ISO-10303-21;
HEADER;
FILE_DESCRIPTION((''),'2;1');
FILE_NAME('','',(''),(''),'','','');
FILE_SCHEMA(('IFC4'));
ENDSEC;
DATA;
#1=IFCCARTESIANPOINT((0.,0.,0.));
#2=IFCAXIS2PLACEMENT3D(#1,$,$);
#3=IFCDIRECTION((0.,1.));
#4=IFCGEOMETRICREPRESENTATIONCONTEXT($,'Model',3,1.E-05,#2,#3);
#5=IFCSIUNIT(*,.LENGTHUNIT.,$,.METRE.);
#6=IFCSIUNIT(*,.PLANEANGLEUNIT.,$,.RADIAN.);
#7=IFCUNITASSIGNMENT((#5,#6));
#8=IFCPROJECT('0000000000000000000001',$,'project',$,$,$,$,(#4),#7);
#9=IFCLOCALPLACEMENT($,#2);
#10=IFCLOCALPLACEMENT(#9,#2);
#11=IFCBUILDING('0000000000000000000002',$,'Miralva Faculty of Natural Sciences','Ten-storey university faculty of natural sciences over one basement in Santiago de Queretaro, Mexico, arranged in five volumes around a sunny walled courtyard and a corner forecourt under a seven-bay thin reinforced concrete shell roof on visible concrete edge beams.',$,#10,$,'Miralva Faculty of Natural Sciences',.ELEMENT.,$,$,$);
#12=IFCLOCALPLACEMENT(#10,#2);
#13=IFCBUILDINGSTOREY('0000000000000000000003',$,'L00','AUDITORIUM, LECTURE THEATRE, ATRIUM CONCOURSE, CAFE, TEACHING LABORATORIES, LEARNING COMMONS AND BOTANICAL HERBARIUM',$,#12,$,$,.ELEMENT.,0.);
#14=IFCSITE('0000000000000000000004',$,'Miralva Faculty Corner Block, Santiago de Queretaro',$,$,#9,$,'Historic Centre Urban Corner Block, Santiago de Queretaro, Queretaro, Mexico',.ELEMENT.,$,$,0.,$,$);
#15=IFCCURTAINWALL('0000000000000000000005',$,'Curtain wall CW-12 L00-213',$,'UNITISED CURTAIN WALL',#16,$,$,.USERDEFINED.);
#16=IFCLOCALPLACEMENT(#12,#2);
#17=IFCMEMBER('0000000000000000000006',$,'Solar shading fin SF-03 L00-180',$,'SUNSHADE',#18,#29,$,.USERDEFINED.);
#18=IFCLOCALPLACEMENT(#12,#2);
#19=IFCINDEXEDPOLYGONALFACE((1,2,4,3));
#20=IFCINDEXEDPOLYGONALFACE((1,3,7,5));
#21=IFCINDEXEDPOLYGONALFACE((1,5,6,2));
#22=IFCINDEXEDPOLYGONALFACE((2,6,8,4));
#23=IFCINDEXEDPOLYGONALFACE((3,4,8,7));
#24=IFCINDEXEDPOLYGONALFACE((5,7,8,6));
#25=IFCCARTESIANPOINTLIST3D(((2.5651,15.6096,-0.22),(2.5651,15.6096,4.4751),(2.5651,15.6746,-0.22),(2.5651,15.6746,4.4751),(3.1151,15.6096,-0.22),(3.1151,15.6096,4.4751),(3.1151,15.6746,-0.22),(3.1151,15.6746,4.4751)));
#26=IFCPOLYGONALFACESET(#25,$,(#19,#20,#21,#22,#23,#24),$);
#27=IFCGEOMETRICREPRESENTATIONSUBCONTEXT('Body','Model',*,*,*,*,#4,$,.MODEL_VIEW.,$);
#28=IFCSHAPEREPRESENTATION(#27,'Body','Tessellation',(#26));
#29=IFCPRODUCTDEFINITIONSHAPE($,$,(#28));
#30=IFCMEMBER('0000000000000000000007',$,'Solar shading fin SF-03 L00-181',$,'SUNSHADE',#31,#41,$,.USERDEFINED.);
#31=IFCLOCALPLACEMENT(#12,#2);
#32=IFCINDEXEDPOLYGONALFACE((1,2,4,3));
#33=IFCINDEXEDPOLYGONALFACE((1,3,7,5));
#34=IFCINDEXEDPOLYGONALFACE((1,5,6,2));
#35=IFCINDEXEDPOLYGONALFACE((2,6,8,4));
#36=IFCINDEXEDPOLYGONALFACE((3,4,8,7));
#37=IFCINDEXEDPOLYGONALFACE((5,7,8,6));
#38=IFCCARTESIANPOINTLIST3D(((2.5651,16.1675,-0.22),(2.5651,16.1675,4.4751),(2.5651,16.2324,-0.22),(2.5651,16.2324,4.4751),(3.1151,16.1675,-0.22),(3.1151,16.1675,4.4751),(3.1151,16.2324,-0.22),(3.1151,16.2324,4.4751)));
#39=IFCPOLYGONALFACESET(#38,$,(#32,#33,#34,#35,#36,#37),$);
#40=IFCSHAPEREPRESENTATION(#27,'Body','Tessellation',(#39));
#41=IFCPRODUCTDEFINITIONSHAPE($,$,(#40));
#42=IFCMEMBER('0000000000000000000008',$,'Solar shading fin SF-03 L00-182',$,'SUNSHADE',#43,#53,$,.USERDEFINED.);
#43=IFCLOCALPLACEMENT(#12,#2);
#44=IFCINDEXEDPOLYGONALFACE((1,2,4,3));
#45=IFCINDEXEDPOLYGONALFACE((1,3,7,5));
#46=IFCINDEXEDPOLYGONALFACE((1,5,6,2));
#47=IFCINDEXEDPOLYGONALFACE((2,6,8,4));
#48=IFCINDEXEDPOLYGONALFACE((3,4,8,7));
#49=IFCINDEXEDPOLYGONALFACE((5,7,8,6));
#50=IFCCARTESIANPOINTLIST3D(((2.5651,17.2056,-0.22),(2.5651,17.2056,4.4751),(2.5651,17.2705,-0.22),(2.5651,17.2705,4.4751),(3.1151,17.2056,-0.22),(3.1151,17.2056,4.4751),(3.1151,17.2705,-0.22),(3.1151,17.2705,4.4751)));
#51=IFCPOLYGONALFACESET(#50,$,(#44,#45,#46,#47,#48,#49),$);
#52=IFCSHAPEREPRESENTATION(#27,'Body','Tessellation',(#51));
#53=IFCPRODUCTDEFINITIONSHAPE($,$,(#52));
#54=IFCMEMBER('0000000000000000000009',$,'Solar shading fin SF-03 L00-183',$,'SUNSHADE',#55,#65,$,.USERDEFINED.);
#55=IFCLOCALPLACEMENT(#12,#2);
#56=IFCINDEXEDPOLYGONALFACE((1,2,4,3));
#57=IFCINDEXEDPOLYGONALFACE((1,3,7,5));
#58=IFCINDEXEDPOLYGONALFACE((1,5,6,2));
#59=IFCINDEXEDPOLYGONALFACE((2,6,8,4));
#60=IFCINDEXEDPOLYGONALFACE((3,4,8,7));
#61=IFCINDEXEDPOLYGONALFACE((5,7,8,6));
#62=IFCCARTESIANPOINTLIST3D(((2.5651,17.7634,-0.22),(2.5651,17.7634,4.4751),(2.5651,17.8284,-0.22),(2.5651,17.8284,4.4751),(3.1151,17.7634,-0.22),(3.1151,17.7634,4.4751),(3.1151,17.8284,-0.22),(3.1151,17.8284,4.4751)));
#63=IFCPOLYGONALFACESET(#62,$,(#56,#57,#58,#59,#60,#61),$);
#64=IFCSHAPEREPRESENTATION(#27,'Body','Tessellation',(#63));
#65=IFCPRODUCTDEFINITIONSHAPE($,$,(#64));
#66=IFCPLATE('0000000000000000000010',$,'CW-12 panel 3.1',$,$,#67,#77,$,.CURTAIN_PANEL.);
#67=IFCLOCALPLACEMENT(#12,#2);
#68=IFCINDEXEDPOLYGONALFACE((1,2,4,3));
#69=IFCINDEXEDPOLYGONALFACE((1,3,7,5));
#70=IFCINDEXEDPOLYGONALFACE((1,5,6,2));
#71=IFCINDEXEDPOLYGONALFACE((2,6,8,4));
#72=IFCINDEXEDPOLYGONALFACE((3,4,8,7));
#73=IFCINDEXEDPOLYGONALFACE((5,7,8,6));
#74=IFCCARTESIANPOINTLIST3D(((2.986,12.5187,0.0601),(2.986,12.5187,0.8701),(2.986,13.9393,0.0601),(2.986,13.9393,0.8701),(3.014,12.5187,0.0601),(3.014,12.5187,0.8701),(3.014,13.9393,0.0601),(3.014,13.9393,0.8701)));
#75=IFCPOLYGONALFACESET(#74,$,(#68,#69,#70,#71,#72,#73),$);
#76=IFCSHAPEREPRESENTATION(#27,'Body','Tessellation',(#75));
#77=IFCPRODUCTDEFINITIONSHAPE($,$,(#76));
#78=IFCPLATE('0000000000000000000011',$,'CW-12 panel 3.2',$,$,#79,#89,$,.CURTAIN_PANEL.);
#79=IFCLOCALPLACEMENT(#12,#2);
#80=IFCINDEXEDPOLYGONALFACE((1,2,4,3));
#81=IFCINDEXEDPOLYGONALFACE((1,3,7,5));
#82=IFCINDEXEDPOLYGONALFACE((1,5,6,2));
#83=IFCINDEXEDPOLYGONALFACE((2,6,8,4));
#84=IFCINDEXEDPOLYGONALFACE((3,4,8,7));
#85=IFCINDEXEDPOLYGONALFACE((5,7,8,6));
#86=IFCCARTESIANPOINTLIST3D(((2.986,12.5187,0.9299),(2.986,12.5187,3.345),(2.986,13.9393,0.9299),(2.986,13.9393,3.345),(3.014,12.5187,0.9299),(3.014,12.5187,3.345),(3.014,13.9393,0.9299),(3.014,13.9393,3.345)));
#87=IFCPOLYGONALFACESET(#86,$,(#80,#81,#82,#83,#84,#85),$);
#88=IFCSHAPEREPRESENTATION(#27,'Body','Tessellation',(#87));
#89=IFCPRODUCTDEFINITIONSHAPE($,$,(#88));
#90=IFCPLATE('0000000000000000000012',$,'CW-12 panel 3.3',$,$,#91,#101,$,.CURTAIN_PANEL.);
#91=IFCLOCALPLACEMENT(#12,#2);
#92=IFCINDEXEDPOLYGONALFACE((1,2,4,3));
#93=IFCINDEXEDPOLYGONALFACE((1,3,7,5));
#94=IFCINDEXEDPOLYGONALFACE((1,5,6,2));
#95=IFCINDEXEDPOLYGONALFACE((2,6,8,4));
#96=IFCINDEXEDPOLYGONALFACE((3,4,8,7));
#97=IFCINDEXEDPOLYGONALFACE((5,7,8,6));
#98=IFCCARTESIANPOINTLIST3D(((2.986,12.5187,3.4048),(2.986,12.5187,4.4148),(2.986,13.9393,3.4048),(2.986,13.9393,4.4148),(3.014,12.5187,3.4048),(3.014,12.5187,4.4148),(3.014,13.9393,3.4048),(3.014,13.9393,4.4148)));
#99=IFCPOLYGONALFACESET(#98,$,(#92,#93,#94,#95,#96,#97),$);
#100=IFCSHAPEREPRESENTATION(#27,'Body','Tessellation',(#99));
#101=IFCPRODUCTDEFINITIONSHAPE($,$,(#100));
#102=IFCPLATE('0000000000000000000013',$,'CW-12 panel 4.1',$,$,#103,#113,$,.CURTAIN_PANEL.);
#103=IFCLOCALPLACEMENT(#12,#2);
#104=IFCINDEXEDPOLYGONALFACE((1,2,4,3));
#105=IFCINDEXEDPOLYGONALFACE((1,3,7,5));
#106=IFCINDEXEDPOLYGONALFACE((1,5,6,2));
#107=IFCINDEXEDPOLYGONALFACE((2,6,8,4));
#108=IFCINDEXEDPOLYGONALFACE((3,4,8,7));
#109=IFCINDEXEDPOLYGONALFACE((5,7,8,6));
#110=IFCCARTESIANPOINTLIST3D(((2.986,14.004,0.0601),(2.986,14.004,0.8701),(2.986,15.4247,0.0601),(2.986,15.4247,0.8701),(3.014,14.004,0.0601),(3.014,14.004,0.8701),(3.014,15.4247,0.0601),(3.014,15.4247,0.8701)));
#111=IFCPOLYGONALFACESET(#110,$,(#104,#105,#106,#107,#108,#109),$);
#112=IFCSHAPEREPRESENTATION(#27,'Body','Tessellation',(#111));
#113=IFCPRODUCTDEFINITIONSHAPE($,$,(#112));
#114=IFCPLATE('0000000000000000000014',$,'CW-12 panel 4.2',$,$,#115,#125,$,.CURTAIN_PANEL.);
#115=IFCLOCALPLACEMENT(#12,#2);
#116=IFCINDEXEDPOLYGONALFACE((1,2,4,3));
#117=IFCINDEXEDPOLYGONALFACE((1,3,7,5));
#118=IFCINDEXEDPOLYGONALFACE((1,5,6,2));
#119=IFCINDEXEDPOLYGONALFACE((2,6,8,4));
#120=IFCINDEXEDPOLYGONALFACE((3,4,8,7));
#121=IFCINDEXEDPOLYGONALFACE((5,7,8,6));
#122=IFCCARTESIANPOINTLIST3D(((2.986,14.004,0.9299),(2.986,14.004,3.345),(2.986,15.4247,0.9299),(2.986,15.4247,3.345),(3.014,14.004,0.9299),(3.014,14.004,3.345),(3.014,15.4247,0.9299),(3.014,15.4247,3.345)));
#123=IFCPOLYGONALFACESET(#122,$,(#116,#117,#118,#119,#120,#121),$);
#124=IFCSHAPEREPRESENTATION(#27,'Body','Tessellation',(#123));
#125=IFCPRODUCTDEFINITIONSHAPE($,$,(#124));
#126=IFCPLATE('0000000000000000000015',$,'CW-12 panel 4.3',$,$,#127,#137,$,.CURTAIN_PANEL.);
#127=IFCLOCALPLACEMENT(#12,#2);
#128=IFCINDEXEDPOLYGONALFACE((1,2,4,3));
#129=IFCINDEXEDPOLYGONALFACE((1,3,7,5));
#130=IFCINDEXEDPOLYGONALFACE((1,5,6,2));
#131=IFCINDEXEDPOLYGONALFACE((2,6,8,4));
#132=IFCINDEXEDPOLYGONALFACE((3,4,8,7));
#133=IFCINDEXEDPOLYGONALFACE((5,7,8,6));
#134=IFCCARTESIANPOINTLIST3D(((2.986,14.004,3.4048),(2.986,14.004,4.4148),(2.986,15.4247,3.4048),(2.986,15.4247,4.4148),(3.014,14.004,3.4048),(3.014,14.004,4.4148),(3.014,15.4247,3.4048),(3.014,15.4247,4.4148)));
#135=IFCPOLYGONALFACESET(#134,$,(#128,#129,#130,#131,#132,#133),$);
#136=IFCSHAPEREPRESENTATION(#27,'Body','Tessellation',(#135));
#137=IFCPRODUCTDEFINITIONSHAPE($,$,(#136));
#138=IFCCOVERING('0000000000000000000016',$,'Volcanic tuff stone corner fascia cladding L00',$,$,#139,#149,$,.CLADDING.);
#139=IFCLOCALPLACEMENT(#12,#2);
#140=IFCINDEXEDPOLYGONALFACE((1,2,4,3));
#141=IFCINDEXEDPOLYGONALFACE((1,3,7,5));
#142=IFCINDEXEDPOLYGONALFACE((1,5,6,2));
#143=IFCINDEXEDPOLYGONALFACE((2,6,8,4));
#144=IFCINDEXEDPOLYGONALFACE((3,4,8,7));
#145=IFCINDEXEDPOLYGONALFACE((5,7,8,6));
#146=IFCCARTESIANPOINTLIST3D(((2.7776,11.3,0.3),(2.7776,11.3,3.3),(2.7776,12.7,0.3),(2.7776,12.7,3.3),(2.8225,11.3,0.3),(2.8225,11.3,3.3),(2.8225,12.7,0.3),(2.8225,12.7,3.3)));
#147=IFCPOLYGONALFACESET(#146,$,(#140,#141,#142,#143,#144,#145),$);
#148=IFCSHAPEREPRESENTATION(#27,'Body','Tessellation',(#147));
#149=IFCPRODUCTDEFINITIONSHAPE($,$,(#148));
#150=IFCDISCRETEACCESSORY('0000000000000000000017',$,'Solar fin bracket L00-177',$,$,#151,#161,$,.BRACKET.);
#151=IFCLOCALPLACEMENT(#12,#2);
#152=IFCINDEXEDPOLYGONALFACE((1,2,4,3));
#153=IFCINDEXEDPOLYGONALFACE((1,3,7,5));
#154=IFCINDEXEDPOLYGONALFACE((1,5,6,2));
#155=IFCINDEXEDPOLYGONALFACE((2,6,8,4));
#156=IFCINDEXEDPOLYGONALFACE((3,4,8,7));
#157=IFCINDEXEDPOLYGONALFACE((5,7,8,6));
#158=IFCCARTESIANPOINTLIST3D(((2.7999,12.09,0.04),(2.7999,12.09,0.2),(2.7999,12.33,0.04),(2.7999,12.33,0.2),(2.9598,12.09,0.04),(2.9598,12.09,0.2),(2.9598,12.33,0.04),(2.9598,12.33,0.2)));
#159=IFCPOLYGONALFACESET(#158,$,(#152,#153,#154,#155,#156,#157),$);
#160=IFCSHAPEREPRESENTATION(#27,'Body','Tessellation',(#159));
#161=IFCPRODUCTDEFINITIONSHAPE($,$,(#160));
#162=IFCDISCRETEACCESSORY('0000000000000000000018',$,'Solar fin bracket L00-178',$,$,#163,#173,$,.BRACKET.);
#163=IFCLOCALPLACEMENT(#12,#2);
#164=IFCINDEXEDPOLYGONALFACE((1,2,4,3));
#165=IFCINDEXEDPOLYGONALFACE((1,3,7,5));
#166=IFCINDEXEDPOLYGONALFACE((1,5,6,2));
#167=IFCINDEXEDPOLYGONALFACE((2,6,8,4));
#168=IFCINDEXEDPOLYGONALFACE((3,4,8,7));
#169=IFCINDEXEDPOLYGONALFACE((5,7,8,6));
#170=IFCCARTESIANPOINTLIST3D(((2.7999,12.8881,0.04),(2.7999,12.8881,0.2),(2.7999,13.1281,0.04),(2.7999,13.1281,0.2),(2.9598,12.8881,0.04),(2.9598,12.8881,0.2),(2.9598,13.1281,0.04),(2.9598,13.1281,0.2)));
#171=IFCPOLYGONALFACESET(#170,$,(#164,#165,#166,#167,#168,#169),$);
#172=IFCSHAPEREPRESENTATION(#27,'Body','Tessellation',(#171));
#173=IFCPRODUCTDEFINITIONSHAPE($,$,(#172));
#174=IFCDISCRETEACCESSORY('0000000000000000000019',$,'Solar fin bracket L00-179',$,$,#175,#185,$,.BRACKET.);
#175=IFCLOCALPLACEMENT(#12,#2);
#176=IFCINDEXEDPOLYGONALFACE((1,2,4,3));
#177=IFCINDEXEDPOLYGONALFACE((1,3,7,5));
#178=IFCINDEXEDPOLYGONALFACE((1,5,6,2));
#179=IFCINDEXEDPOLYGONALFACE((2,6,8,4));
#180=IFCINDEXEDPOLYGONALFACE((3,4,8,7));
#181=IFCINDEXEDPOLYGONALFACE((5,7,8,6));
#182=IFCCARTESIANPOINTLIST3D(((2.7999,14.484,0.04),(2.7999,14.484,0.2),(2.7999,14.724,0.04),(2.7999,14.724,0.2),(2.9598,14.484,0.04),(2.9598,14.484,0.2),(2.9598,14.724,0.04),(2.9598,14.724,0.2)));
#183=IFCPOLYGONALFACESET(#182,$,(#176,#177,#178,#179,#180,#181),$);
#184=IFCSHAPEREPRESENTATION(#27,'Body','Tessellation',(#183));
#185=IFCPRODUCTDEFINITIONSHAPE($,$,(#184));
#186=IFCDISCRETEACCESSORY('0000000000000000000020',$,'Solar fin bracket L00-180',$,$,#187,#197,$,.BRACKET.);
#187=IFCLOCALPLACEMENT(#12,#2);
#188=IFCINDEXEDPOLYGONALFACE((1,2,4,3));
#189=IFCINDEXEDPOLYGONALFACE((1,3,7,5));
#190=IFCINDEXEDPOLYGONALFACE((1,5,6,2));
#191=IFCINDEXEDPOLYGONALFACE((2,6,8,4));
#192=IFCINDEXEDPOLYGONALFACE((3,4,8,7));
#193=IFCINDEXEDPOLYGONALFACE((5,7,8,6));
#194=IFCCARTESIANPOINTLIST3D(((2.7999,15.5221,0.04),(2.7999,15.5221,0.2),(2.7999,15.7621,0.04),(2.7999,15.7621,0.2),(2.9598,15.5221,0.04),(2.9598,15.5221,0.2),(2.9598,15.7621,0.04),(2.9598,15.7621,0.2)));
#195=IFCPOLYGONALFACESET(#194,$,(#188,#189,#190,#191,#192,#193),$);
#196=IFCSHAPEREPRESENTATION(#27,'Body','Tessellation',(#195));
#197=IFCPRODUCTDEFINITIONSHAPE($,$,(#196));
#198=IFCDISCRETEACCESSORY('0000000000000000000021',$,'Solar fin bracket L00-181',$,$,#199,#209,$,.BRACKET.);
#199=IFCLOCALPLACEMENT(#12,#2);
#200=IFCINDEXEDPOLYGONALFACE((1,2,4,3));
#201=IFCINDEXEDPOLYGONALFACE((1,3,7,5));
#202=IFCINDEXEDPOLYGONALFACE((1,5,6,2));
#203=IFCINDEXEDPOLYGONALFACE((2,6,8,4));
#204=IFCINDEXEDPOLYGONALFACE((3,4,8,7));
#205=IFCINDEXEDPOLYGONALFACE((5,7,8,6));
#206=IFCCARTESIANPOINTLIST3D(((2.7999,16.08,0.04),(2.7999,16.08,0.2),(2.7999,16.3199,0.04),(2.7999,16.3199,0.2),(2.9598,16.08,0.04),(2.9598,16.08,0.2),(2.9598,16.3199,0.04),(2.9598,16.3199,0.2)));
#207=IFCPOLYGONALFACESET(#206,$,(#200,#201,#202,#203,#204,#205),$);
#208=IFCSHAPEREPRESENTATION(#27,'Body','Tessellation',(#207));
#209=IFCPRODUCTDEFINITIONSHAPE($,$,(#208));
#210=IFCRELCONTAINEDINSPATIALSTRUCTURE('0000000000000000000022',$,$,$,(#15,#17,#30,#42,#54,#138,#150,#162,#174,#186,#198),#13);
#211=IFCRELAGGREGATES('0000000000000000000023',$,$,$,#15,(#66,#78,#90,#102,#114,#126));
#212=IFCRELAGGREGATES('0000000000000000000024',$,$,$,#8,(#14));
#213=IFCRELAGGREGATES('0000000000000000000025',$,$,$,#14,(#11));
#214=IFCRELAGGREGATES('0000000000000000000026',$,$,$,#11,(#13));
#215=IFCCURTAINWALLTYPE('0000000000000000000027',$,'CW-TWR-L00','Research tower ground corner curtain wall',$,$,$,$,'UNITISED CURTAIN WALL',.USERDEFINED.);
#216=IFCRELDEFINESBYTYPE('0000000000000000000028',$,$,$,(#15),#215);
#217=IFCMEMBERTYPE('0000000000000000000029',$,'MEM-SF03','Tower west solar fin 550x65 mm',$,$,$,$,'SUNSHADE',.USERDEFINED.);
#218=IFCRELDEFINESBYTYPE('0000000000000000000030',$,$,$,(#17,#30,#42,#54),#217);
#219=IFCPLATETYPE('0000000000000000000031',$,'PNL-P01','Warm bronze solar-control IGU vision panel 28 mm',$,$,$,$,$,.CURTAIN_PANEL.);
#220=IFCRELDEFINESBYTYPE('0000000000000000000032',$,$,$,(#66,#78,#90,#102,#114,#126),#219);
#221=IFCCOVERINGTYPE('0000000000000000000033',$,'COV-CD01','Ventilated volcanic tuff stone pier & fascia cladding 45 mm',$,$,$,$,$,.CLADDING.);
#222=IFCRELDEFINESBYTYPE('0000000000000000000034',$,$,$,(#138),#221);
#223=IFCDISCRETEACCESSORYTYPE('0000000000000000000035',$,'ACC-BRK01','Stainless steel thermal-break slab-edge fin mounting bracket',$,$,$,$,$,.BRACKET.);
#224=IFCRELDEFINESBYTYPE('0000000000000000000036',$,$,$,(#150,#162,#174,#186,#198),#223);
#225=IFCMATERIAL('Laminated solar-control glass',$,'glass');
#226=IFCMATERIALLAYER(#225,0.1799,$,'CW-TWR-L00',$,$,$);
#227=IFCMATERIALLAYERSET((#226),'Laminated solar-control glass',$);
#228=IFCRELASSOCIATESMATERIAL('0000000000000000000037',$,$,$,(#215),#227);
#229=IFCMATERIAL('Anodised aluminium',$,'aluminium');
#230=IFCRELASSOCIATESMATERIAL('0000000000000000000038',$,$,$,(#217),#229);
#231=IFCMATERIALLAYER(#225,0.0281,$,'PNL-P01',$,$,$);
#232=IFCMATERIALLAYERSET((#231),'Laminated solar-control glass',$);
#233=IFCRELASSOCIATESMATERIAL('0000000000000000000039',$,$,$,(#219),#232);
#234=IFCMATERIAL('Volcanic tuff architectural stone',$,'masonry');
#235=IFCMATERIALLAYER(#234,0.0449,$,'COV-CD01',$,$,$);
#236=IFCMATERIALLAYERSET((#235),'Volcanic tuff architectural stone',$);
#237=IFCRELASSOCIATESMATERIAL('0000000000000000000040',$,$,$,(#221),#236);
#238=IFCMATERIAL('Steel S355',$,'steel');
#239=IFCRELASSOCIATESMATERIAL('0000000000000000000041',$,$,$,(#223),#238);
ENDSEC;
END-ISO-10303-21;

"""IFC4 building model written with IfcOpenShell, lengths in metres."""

from ifc_helpers import new_model, si_unit, direction, frame, origin, origin_2d, place, context, subcontext, project, spatial, rectangle, extrude, material, layer, layer_set, material_profile, profile_set, type_object, element, aggregate, save


model = new_model("IFC4")

# Units and contexts
model_context = context("Model", 3, precision=1e-05, world=origin(), true_north=direction((0.0, 1.0)))
body_context = subcontext(model_context, "Body", "Model", "MODEL_VIEW")
ifc_project = project(units=[si_unit("LENGTHUNIT", "METRE"), si_unit("PLANEANGLEUNIT", "RADIAN")], contexts=[model_context])

# Site, building, storey
site_placement = place(None, origin())
site = spatial("IfcSite", under=ifc_project, at=site_placement, Name="Miralva Faculty Corner Block, Santiago de Queretaro", LongName="Historic Centre Urban Corner Block, Santiago de Queretaro, Queretaro, Mexico", CompositionType="ELEMENT", RefElevation=0.0)
building_placement = place(site_placement, origin())
building = spatial("IfcBuilding", under=site, at=building_placement, Name="Miralva Faculty of Natural Sciences", Description="Ten-storey university faculty of natural sciences over one basement in Santiago de Queretaro, Mexico, arranged in five volumes around a sunny walled courtyard and a corner forecourt under a seven-bay thin reinforced concrete shell roof on visible concrete edge beams.", LongName="Miralva Faculty of Natural Sciences", CompositionType="ELEMENT")
storey_placement = place(building_placement, origin())
storey = spatial("IfcBuildingStorey", under=building, at=storey_placement, Name="L00", Description="AUDITORIUM, LECTURE THEATRE, ATRIUM CONCOURSE, CAFE, TEACHING LABORATORIES, LEARNING COMMONS AND BOTANICAL HERBARIUM", CompositionType="ELEMENT", Elevation=0.0)

# Curtain wall
ifc_material_1 = material(Name="Laminated solar-control glass", Category="glass")
ifc_layer_1 = layer(ifc_material_1, 0.1799, Name="CW-TWR-L00")
ifc_layer_set_1 = layer_set([ifc_layer_1], Name="Laminated solar-control glass")
curtain_wall_type = type_object("IfcCurtainWallType", Name="CW-TWR-L00", Description="Research tower ground corner curtain wall", ElementType="UNITISED CURTAIN WALL", PredefinedType="USERDEFINED", material=ifc_layer_set_1)
curtain_wall_placement = place(storey_placement, origin())
curtain_wall = element("IfcCurtainWall", 1, at=curtain_wall_placement, inside=storey, type_object=curtain_wall_type, Name="Curtain wall CW-12 L00-213", ObjectType="UNITISED CURTAIN WALL", PredefinedType="USERDEFINED")
ifc_material_2 = material(Name="Anodised aluminium", Category="aluminium")

# Members
ifc_material_profile_1 = material_profile(ifc_material_2, rectangle(XDim=0.0649, YDim=0.55, at=origin_2d()), Name="FIN 550x65")
ifc_profile_set_1 = profile_set([ifc_material_profile_1], Name="Anodised aluminium")
member_type_1 = type_object("IfcMemberType", Name="MEM-SF03", Description="Tower west solar fin 550x65 mm", ElementType="SUNSHADE", PredefinedType="USERDEFINED", material=ifc_profile_set_1)
for number, where, z_axis, x_axis, name in (
    (2, (2.8401, 15.6421, -0.22), (0.0, 0.0, 1.0), (0.0, -1.0, 0.0), "Solar shading fin SF-03 L00-180"),
    (3, (2.8401, 16.2, -0.22), (0.0, 0.0, 1.0), (0.0, -1.0, 0.0), "Solar shading fin SF-03 L00-181"),
    (4, (2.8401, 17.238, -0.22), (0.0, 0.0, 1.0), (0.0, -1.0, 0.0), "Solar shading fin SF-03 L00-182"),
    (5, (2.8401, 17.7959, -0.22), (0.0, 0.0, 1.0), (0.0, -1.0, 0.0), "Solar shading fin SF-03 L00-183"),
):
    element("IfcMember", number, at=place(storey_placement, frame(where, z_axis=z_axis, x_axis=x_axis)), inside=storey, type_object=member_type_1, Name=name, ObjectType="SUNSHADE", PredefinedType="USERDEFINED", context=body_context, shape_type="SweptSolid", body=[
        extrude(rectangle(XDim=0.0649, YDim=0.55, at=origin_2d()), origin(), (0.0, 0.0, 1.0), 4.6951),
    ])

# Plates
ifc_layer_2 = layer(ifc_material_1, 0.0281, Name="PNL-P01")
ifc_layer_set_2 = layer_set([ifc_layer_2], Name="Laminated solar-control glass")
plate_type = type_object("IfcPlateType", Name="PNL-P01", Description="Warm bronze solar-control IGU vision panel 28 mm", PredefinedType="CURTAIN_PANEL", material=ifc_layer_set_2)
plate_1_placement = place(storey_placement, frame((3.0, 13.229, 0.0601), z_axis=(0.0, 0.0, 1.0), x_axis=(0.0, 1.0, 0.0)))
plate_1 = element("IfcPlate", 6, at=plate_1_placement, type_object=plate_type, Name="CW-12 panel 3.1", PredefinedType="CURTAIN_PANEL", context=body_context, shape_type="SweptSolid", body=[
    extrude(rectangle(XDim=1.4207, YDim=0.0281, at=origin_2d()), origin(), (0.0, 0.0, 1.0), 0.8101),
])
plate_2_placement = place(storey_placement, frame((3.0, 13.229, 0.9299), z_axis=(0.0, 0.0, 1.0), x_axis=(0.0, 1.0, 0.0)))
plate_2 = element("IfcPlate", 7, at=plate_2_placement, type_object=plate_type, Name="CW-12 panel 3.2", PredefinedType="CURTAIN_PANEL", context=body_context, shape_type="SweptSolid", body=[
    extrude(rectangle(XDim=1.4207, YDim=0.0281, at=origin_2d()), origin(), (0.0, 0.0, 1.0), 2.415),
])
plate_3_placement = place(storey_placement, frame((3.0, 13.229, 3.4048), z_axis=(0.0, 0.0, 1.0), x_axis=(0.0, 1.0, 0.0)))
plate_3 = element("IfcPlate", 8, at=plate_3_placement, type_object=plate_type, Name="CW-12 panel 3.3", PredefinedType="CURTAIN_PANEL", context=body_context, shape_type="SweptSolid", body=[
    extrude(rectangle(XDim=1.4207, YDim=0.0281, at=origin_2d()), origin(), (0.0, 0.0, 1.0), 1.01),
])
plate_4_placement = place(storey_placement, frame((3.0, 14.7144, 0.0601), z_axis=(0.0, 0.0, 1.0), x_axis=(0.0, 1.0, 0.0)))
plate_4 = element("IfcPlate", 9, at=plate_4_placement, type_object=plate_type, Name="CW-12 panel 4.1", PredefinedType="CURTAIN_PANEL", context=body_context, shape_type="SweptSolid", body=[
    extrude(rectangle(XDim=1.4207, YDim=0.0281, at=origin_2d()), origin(), (0.0, 0.0, 1.0), 0.8101),
])
plate_5_placement = place(storey_placement, frame((3.0, 14.7144, 0.9299), z_axis=(0.0, 0.0, 1.0), x_axis=(0.0, 1.0, 0.0)))
plate_5 = element("IfcPlate", 10, at=plate_5_placement, type_object=plate_type, Name="CW-12 panel 4.2", PredefinedType="CURTAIN_PANEL", context=body_context, shape_type="SweptSolid", body=[
    extrude(rectangle(XDim=1.4207, YDim=0.0281, at=origin_2d()), origin(), (0.0, 0.0, 1.0), 2.415),
])
plate_6_placement = place(storey_placement, frame((3.0, 14.7144, 3.4048), z_axis=(0.0, 0.0, 1.0), x_axis=(0.0, 1.0, 0.0)))
plate_6 = element("IfcPlate", 11, at=plate_6_placement, type_object=plate_type, Name="CW-12 panel 4.3", PredefinedType="CURTAIN_PANEL", context=body_context, shape_type="SweptSolid", body=[
    extrude(rectangle(XDim=1.4207, YDim=0.0281, at=origin_2d()), origin(), (0.0, 0.0, 1.0), 1.01),
])
aggregate(curtain_wall, [plate_1, plate_2, plate_3, plate_4, plate_5, plate_6])

# Covering
ifc_material_3 = material(Name="Volcanic tuff architectural stone", Category="masonry")
ifc_layer_3 = layer(ifc_material_3, 0.0449, Name="COV-CD01")
ifc_layer_set_3 = layer_set([ifc_layer_3], Name="Volcanic tuff architectural stone")
covering_type = type_object("IfcCoveringType", Name="COV-CD01", Description="Ventilated volcanic tuff stone pier & fascia cladding 45 mm", PredefinedType="CLADDING", material=ifc_layer_set_3)
covering_placement = place(storey_placement, frame((2.8, 12.0, 0.3), z_axis=(0.0, 0.0, 1.0), x_axis=(1.0, 0.0, 0.0)))
element("IfcCovering", 12, at=covering_placement, inside=storey, type_object=covering_type, Name="Volcanic tuff stone corner fascia cladding L00", PredefinedType="CLADDING", context=body_context, shape_type="SweptSolid", body=[
    extrude(rectangle(XDim=0.0449, YDim=1.3999, at=origin_2d()), origin(), (0.0, 0.0, 1.0), 3.0),
])

# Discrete accessories
ifc_material_4 = material(Name="Steel S355", Category="steel")
discrete_accessory_type = type_object("IfcDiscreteAccessoryType", Name="ACC-BRK01", Description="Stainless steel thermal-break slab-edge fin mounting bracket", PredefinedType="BRACKET", material=ifc_material_4)
for number, where, z_axis, x_axis, name in (
    (13, (2.8799, 12.21, 0.04), (0.0, 0.0, 1.0), (-1.0, 0.0, 0.0), "Solar fin bracket L00-177"),
    (14, (2.8799, 13.0081, 0.04), (0.0, 0.0, 1.0), (-1.0, 0.0, 0.0), "Solar fin bracket L00-178"),
    (15, (2.8799, 14.604, 0.04), (0.0, 0.0, 1.0), (-1.0, 0.0, 0.0), "Solar fin bracket L00-179"),
    (16, (2.8799, 15.6421, 0.04), (0.0, 0.0, 1.0), (-1.0, 0.0, 0.0), "Solar fin bracket L00-180"),
    (17, (2.8799, 16.2, 0.04), (0.0, 0.0, 1.0), (-1.0, 0.0, 0.0), "Solar fin bracket L00-181"),
):
    element("IfcDiscreteAccessory", number, at=place(storey_placement, frame(where, z_axis=z_axis, x_axis=x_axis)), inside=storey, type_object=discrete_accessory_type, Name=name, PredefinedType="BRACKET", context=body_context, shape_type="SweptSolid", body=[
        extrude(rectangle(XDim=0.1599, YDim=0.24, at=origin_2d()), origin(), (0.0, 0.0, 1.0), 0.1599),
    ])

save(model, "model.ifc")
